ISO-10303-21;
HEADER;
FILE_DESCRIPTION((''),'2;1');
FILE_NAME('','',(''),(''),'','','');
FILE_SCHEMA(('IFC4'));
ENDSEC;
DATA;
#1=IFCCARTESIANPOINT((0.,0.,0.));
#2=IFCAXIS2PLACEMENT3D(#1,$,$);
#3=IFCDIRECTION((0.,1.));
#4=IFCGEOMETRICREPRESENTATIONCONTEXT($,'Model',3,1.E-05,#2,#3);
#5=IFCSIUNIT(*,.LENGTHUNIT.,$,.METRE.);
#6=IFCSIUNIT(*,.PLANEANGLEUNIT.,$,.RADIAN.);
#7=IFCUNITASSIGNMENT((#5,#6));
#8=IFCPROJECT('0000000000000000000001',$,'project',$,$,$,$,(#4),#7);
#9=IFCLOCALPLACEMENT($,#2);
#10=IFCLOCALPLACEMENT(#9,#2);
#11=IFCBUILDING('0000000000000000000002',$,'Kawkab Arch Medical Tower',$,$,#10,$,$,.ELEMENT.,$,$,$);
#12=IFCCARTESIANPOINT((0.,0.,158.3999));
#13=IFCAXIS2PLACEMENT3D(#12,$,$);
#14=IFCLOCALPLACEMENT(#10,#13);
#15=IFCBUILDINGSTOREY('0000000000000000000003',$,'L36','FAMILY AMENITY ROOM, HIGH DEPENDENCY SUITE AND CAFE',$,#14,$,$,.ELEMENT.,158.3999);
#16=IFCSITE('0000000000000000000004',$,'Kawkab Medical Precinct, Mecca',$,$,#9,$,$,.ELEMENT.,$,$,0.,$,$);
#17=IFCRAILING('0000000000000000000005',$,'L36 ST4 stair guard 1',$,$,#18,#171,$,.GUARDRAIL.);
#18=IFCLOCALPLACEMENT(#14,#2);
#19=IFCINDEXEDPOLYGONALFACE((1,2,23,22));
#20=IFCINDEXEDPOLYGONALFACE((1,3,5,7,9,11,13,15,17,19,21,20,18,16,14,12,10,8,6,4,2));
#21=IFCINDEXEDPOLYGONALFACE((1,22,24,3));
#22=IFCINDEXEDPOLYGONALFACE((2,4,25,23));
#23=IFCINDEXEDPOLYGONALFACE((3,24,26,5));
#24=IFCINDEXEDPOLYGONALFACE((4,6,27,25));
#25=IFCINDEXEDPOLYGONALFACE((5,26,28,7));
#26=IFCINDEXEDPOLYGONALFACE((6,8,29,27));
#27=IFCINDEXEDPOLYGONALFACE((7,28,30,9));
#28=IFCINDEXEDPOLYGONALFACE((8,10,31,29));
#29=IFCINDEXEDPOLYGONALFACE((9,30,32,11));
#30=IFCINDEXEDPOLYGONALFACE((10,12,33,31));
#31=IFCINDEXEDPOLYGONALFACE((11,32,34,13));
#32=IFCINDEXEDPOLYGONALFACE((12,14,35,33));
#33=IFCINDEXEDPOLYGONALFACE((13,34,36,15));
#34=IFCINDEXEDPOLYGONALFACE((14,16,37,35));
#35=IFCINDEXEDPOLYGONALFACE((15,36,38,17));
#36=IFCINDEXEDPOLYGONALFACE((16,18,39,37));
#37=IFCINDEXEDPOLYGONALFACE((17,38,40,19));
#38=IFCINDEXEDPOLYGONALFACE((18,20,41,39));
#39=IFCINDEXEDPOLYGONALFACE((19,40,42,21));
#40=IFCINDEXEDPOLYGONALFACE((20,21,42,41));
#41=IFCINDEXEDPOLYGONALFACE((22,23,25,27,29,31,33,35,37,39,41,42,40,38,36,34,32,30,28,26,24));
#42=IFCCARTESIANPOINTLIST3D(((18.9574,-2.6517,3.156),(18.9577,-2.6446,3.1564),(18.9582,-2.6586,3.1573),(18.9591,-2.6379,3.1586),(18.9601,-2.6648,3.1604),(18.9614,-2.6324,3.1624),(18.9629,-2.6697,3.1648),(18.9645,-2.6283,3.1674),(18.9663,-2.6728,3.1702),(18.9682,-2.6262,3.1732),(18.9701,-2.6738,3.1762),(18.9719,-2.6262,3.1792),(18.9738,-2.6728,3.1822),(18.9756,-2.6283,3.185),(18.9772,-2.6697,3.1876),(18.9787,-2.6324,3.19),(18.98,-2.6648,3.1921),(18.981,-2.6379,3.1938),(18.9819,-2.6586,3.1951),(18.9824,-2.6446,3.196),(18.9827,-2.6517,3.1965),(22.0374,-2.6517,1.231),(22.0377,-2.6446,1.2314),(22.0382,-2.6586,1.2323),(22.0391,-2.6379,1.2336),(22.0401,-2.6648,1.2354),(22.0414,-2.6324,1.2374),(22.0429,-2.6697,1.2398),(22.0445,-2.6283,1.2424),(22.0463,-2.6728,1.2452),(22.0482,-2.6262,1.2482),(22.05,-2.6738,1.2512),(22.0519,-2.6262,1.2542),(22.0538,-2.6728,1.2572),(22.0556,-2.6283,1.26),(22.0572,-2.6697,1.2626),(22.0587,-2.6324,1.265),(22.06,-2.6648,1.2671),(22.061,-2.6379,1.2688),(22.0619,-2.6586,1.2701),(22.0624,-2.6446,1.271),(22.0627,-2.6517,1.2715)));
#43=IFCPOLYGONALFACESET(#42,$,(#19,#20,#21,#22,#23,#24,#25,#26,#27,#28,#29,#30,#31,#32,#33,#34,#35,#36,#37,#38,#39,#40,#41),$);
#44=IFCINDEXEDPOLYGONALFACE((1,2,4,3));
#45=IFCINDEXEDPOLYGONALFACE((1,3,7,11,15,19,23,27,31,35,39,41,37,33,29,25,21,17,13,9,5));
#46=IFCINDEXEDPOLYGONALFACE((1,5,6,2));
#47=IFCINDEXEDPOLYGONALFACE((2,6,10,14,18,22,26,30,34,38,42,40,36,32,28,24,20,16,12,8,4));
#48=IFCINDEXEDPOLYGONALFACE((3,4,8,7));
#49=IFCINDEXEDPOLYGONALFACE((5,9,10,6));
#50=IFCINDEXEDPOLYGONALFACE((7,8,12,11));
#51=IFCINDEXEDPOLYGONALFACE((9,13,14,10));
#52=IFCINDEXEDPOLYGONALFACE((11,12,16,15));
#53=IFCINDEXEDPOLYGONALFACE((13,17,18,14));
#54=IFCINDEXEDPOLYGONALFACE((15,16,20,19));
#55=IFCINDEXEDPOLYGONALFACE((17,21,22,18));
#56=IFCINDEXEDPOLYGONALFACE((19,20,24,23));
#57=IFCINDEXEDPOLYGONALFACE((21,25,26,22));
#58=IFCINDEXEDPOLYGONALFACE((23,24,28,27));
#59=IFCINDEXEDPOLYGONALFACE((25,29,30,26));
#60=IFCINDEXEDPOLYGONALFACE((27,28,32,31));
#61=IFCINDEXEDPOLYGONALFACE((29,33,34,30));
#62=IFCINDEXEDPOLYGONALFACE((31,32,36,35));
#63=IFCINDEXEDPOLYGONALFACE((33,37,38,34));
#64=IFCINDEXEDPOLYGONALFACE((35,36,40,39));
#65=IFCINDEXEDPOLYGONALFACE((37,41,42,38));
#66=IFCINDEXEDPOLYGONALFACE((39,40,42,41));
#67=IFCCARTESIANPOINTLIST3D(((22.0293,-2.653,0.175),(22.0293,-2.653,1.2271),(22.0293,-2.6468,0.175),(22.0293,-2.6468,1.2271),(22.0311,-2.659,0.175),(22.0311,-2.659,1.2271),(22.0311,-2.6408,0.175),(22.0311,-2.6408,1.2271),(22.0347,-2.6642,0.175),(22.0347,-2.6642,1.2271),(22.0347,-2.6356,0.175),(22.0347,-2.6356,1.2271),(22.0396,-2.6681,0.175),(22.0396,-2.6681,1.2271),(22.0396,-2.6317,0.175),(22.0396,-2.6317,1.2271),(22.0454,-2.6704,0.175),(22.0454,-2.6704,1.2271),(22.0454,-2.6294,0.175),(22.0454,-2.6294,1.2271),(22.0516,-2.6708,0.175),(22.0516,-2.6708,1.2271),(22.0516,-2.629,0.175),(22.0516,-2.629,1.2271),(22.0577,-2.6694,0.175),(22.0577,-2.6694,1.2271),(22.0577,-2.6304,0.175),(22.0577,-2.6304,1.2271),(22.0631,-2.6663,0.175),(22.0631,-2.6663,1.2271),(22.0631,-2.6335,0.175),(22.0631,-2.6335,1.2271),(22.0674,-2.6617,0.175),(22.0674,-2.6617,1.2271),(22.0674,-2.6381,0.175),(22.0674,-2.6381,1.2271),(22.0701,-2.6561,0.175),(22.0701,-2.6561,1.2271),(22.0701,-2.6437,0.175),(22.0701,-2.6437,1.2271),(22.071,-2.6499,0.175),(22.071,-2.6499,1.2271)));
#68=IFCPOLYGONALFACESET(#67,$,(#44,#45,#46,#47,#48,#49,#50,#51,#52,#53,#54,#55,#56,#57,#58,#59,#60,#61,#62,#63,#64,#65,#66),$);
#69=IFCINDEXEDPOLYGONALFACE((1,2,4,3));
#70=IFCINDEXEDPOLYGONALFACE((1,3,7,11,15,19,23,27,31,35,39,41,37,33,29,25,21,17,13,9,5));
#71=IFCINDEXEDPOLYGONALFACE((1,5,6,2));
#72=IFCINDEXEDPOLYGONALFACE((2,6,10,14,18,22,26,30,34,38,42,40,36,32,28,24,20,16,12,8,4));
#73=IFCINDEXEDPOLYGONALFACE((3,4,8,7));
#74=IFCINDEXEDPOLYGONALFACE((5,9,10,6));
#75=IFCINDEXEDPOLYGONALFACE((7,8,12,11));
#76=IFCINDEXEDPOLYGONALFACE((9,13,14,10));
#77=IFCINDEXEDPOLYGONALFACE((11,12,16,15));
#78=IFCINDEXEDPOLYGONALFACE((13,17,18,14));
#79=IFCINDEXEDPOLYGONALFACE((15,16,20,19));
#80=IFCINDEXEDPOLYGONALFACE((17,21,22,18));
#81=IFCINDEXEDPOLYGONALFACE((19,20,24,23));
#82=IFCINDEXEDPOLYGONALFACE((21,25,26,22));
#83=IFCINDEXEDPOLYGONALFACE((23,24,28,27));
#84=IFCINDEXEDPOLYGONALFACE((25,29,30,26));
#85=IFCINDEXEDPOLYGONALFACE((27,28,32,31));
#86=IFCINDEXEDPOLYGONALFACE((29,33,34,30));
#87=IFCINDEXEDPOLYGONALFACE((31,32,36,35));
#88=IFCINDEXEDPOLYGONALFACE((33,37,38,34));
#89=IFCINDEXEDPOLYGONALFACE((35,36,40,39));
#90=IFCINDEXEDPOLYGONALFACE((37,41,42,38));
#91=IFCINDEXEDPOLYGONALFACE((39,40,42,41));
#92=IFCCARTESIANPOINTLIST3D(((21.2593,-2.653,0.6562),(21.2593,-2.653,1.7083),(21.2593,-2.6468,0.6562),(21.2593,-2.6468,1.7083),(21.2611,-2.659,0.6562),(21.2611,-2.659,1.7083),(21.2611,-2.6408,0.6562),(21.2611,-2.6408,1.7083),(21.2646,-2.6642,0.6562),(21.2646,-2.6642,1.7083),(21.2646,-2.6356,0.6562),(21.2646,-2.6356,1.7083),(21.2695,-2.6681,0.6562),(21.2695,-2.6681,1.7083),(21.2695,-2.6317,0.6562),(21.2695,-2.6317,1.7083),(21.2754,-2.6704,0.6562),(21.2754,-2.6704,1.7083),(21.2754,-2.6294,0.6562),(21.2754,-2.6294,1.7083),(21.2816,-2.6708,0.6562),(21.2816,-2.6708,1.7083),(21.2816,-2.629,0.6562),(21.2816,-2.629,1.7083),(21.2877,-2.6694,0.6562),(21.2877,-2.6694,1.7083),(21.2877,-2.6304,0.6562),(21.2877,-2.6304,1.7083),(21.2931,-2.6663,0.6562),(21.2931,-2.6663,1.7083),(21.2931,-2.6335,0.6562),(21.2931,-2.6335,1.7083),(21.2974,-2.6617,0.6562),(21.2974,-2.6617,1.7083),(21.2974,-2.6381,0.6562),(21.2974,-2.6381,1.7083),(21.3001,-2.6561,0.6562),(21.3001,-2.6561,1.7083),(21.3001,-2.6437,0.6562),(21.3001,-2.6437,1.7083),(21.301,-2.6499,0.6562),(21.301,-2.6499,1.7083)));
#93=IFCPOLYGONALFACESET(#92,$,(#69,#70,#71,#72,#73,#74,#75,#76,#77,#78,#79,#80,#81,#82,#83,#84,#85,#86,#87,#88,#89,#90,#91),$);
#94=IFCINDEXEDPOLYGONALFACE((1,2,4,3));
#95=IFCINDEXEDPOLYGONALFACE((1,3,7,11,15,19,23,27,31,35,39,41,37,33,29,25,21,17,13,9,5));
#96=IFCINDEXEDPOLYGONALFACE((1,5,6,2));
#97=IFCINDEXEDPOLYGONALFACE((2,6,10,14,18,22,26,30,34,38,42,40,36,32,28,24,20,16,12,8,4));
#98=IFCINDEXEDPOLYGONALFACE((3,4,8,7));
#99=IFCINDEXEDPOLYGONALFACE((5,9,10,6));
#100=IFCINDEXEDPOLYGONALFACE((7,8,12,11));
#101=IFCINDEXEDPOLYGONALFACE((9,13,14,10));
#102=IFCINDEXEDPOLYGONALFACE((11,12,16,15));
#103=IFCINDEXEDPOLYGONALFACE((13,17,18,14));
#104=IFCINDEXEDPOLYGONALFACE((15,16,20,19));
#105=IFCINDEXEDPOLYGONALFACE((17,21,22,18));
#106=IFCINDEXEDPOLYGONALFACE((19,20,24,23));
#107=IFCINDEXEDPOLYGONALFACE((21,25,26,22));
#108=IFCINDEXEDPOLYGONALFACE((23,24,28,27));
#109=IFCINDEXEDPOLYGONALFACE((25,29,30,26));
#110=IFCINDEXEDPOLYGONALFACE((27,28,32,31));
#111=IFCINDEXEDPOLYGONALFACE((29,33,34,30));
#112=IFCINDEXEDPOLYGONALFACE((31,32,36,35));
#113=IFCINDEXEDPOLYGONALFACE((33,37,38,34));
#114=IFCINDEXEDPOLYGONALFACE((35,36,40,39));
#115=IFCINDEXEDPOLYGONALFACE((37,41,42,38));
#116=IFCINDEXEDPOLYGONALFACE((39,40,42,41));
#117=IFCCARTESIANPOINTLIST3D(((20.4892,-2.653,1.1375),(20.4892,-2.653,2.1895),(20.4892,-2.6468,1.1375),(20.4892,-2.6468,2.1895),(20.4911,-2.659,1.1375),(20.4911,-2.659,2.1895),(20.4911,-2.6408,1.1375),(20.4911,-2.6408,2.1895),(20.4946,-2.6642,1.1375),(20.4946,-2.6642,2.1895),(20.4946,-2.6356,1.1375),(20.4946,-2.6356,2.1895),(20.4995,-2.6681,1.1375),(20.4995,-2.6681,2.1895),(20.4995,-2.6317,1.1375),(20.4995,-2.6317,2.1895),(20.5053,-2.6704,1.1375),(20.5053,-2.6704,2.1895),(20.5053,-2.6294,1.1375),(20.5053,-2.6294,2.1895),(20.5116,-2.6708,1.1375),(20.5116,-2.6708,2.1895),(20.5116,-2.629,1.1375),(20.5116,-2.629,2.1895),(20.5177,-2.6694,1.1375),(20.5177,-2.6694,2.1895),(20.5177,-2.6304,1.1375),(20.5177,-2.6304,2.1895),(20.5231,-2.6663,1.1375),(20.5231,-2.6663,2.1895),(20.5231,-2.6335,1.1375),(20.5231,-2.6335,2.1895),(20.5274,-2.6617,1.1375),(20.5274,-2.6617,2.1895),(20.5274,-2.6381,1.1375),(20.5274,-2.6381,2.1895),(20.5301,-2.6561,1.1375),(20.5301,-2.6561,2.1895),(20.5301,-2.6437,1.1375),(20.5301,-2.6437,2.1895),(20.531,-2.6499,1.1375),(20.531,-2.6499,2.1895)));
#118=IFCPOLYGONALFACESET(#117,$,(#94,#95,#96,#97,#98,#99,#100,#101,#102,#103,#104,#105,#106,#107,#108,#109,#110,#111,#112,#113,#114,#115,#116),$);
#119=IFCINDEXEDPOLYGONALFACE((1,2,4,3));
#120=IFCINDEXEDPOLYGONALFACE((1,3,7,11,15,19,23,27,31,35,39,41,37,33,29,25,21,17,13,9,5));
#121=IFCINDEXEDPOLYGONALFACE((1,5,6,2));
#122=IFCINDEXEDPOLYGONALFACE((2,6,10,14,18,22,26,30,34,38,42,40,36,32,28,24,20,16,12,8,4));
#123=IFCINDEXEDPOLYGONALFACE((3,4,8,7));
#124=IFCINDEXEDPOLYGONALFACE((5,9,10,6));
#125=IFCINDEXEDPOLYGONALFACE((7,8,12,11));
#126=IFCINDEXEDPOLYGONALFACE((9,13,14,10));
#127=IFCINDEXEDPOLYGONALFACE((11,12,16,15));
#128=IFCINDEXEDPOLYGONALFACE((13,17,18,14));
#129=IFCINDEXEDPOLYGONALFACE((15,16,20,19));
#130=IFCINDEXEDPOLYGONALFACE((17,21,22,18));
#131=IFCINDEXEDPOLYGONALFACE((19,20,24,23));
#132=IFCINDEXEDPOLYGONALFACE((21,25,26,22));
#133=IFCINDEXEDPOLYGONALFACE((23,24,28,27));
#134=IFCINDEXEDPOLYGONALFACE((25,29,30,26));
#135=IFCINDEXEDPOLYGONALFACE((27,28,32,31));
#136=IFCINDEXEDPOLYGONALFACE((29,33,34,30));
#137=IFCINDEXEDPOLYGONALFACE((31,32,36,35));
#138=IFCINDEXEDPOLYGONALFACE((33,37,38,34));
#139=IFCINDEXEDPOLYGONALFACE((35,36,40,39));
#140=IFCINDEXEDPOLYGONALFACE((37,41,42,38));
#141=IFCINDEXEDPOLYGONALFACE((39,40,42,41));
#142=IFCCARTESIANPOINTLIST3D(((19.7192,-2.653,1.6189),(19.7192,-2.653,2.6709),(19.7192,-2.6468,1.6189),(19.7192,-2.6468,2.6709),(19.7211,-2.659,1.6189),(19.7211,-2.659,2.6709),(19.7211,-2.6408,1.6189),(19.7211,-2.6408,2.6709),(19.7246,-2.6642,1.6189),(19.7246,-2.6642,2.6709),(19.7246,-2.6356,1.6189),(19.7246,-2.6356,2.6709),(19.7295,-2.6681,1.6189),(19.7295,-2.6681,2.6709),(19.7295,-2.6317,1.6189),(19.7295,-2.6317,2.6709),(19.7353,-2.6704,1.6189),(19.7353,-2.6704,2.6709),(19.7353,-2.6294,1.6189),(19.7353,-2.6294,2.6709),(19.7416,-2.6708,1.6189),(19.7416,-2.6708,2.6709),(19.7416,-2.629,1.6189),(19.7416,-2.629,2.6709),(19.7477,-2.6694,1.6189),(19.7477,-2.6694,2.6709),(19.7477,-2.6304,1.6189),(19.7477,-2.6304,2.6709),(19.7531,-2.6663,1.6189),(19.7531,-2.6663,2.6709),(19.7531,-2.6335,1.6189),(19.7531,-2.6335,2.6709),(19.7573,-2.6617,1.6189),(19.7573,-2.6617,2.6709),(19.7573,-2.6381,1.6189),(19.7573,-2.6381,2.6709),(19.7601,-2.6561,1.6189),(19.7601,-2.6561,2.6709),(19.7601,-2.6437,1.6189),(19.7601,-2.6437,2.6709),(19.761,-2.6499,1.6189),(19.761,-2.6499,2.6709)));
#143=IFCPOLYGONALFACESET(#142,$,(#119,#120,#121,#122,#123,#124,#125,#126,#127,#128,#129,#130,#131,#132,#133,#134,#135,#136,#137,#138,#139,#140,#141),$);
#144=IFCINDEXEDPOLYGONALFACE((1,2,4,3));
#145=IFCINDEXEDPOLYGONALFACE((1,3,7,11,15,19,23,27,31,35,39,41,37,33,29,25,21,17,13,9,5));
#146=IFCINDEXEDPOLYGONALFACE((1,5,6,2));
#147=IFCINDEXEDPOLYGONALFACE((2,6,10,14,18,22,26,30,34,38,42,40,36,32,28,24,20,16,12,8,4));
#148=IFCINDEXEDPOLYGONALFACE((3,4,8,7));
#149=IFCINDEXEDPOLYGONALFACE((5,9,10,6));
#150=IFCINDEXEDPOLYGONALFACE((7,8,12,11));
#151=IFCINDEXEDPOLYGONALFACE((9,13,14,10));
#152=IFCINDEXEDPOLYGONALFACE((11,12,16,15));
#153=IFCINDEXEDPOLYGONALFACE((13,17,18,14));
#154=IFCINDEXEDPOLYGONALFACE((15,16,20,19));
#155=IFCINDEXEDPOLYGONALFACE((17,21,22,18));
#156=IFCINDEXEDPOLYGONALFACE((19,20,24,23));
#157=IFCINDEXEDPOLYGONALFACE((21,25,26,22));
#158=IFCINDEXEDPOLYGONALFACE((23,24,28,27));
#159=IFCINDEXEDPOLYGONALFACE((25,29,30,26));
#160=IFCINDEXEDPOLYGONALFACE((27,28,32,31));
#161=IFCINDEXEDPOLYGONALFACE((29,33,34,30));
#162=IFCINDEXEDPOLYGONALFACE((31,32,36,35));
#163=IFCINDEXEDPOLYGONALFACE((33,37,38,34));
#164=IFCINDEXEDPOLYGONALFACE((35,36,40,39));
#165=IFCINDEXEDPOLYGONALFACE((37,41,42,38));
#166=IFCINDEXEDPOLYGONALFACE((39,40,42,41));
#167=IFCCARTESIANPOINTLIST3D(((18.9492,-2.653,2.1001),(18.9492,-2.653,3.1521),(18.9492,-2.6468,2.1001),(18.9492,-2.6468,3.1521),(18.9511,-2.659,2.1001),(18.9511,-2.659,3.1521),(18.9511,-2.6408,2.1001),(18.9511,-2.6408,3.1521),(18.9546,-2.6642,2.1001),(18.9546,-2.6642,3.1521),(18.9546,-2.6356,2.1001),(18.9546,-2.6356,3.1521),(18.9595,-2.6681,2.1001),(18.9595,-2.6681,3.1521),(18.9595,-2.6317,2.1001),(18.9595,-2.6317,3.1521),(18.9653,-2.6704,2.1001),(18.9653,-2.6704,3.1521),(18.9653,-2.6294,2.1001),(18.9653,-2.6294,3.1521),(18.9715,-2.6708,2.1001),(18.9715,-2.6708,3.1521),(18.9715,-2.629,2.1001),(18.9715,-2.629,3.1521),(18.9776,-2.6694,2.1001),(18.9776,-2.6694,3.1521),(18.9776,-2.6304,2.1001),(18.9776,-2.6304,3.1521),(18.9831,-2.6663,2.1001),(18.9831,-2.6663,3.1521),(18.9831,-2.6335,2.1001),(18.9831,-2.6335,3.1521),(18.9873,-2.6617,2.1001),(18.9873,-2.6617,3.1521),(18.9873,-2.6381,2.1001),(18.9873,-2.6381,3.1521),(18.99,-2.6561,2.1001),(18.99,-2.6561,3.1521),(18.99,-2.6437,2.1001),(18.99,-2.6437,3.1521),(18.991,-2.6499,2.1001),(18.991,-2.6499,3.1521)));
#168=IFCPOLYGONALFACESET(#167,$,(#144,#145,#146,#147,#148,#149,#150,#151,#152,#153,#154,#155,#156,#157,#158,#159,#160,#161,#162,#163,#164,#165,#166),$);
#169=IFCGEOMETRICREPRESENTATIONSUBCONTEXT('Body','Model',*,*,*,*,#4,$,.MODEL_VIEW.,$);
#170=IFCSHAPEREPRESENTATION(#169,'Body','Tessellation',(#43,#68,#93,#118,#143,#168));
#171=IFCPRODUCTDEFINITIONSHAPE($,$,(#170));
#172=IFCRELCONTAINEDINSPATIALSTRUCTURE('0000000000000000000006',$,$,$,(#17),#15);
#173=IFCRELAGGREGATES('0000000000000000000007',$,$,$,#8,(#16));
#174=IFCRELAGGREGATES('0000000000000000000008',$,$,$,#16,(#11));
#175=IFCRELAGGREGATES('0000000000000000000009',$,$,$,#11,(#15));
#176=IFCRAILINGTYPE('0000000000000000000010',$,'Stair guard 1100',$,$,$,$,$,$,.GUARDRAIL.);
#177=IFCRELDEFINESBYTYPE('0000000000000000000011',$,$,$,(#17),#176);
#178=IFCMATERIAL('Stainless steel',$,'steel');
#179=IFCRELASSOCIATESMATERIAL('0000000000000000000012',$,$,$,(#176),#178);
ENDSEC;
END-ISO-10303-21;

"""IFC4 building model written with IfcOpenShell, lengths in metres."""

from ifc_helpers import new_model, si_unit, direction, frame, origin, origin_2d, place, context, subcontext, project, spatial, circle, extrude, material, type_object, element, save


model = new_model("IFC4")

# Units and contexts
model_context = context("Model", 3, precision=1e-05, world=origin(), true_north=direction((0.0, 1.0)))
body_context = subcontext(model_context, "Body", "Model", "MODEL_VIEW")
ifc_project = project(units=[si_unit("LENGTHUNIT", "METRE"), si_unit("PLANEANGLEUNIT", "RADIAN")], contexts=[model_context])

# Site, building, storey
site_placement = place(None, origin())
site = spatial("IfcSite", under=ifc_project, at=site_placement, Name="Kawkab Medical Precinct, Mecca", CompositionType="ELEMENT", RefElevation=0.0)
building_placement = place(site_placement, origin())
building = spatial("IfcBuilding", under=site, at=building_placement, Name="Kawkab Arch Medical Tower", CompositionType="ELEMENT")
storey_placement = place(building_placement, frame((0.0, 0.0, 158.3999)))
storey = spatial("IfcBuildingStorey", under=building, at=storey_placement, Name="L36", Description="FAMILY AMENITY ROOM, HIGH DEPENDENCY SUITE AND CAFE", CompositionType="ELEMENT", Elevation=158.3999)

# Railing
ifc_material_1 = material(Name="Stainless steel", Category="steel")
railing_type_1 = type_object("IfcRailingType", Name="Stair guard 1100", PredefinedType="GUARDRAIL", material=ifc_material_1)
railing_1_placement = place(storey_placement, frame((22.05, -2.6499, 0.175)))
element("IfcRailing", 1, at=railing_1_placement, inside=storey, type_object=railing_type_1, Name="L36 ST4 stair guard 1", PredefinedType="GUARDRAIL", context=body_context, shape_type="SweptSolid", body=[
    extrude(circle(Radius=0.0239, at=origin_2d()), frame((0.0, 0.0, 1.0762), z_axis=(-0.847998, 0.0, 0.529999), x_axis=(0.0, -1.0, 0.0)), (0.0, 0.0, 1.0), 3.6321),
    extrude(circle(Radius=0.021, at=origin_2d()), origin(), (0.0, 0.0, 1.0), 1.052),
    extrude(circle(Radius=0.021, at=origin_2d()), frame((-0.77, 0.0, 0.4812)), (0.0, 0.0, 1.0), 1.052),
    extrude(circle(Radius=0.021, at=origin_2d()), frame((-1.54, 0.0, 0.9624)), (0.0, 0.0, 1.0), 1.052),
    extrude(circle(Radius=0.021, at=origin_2d()), frame((-2.3101, 0.0, 1.4438)), (0.0, 0.0, 1.0), 1.052),
    extrude(circle(Radius=0.021, at=origin_2d()), frame((-3.0801, 0.0, 1.925)), (0.0, 0.0, 1.0), 1.052),
])

save(model, "model.ifc")
